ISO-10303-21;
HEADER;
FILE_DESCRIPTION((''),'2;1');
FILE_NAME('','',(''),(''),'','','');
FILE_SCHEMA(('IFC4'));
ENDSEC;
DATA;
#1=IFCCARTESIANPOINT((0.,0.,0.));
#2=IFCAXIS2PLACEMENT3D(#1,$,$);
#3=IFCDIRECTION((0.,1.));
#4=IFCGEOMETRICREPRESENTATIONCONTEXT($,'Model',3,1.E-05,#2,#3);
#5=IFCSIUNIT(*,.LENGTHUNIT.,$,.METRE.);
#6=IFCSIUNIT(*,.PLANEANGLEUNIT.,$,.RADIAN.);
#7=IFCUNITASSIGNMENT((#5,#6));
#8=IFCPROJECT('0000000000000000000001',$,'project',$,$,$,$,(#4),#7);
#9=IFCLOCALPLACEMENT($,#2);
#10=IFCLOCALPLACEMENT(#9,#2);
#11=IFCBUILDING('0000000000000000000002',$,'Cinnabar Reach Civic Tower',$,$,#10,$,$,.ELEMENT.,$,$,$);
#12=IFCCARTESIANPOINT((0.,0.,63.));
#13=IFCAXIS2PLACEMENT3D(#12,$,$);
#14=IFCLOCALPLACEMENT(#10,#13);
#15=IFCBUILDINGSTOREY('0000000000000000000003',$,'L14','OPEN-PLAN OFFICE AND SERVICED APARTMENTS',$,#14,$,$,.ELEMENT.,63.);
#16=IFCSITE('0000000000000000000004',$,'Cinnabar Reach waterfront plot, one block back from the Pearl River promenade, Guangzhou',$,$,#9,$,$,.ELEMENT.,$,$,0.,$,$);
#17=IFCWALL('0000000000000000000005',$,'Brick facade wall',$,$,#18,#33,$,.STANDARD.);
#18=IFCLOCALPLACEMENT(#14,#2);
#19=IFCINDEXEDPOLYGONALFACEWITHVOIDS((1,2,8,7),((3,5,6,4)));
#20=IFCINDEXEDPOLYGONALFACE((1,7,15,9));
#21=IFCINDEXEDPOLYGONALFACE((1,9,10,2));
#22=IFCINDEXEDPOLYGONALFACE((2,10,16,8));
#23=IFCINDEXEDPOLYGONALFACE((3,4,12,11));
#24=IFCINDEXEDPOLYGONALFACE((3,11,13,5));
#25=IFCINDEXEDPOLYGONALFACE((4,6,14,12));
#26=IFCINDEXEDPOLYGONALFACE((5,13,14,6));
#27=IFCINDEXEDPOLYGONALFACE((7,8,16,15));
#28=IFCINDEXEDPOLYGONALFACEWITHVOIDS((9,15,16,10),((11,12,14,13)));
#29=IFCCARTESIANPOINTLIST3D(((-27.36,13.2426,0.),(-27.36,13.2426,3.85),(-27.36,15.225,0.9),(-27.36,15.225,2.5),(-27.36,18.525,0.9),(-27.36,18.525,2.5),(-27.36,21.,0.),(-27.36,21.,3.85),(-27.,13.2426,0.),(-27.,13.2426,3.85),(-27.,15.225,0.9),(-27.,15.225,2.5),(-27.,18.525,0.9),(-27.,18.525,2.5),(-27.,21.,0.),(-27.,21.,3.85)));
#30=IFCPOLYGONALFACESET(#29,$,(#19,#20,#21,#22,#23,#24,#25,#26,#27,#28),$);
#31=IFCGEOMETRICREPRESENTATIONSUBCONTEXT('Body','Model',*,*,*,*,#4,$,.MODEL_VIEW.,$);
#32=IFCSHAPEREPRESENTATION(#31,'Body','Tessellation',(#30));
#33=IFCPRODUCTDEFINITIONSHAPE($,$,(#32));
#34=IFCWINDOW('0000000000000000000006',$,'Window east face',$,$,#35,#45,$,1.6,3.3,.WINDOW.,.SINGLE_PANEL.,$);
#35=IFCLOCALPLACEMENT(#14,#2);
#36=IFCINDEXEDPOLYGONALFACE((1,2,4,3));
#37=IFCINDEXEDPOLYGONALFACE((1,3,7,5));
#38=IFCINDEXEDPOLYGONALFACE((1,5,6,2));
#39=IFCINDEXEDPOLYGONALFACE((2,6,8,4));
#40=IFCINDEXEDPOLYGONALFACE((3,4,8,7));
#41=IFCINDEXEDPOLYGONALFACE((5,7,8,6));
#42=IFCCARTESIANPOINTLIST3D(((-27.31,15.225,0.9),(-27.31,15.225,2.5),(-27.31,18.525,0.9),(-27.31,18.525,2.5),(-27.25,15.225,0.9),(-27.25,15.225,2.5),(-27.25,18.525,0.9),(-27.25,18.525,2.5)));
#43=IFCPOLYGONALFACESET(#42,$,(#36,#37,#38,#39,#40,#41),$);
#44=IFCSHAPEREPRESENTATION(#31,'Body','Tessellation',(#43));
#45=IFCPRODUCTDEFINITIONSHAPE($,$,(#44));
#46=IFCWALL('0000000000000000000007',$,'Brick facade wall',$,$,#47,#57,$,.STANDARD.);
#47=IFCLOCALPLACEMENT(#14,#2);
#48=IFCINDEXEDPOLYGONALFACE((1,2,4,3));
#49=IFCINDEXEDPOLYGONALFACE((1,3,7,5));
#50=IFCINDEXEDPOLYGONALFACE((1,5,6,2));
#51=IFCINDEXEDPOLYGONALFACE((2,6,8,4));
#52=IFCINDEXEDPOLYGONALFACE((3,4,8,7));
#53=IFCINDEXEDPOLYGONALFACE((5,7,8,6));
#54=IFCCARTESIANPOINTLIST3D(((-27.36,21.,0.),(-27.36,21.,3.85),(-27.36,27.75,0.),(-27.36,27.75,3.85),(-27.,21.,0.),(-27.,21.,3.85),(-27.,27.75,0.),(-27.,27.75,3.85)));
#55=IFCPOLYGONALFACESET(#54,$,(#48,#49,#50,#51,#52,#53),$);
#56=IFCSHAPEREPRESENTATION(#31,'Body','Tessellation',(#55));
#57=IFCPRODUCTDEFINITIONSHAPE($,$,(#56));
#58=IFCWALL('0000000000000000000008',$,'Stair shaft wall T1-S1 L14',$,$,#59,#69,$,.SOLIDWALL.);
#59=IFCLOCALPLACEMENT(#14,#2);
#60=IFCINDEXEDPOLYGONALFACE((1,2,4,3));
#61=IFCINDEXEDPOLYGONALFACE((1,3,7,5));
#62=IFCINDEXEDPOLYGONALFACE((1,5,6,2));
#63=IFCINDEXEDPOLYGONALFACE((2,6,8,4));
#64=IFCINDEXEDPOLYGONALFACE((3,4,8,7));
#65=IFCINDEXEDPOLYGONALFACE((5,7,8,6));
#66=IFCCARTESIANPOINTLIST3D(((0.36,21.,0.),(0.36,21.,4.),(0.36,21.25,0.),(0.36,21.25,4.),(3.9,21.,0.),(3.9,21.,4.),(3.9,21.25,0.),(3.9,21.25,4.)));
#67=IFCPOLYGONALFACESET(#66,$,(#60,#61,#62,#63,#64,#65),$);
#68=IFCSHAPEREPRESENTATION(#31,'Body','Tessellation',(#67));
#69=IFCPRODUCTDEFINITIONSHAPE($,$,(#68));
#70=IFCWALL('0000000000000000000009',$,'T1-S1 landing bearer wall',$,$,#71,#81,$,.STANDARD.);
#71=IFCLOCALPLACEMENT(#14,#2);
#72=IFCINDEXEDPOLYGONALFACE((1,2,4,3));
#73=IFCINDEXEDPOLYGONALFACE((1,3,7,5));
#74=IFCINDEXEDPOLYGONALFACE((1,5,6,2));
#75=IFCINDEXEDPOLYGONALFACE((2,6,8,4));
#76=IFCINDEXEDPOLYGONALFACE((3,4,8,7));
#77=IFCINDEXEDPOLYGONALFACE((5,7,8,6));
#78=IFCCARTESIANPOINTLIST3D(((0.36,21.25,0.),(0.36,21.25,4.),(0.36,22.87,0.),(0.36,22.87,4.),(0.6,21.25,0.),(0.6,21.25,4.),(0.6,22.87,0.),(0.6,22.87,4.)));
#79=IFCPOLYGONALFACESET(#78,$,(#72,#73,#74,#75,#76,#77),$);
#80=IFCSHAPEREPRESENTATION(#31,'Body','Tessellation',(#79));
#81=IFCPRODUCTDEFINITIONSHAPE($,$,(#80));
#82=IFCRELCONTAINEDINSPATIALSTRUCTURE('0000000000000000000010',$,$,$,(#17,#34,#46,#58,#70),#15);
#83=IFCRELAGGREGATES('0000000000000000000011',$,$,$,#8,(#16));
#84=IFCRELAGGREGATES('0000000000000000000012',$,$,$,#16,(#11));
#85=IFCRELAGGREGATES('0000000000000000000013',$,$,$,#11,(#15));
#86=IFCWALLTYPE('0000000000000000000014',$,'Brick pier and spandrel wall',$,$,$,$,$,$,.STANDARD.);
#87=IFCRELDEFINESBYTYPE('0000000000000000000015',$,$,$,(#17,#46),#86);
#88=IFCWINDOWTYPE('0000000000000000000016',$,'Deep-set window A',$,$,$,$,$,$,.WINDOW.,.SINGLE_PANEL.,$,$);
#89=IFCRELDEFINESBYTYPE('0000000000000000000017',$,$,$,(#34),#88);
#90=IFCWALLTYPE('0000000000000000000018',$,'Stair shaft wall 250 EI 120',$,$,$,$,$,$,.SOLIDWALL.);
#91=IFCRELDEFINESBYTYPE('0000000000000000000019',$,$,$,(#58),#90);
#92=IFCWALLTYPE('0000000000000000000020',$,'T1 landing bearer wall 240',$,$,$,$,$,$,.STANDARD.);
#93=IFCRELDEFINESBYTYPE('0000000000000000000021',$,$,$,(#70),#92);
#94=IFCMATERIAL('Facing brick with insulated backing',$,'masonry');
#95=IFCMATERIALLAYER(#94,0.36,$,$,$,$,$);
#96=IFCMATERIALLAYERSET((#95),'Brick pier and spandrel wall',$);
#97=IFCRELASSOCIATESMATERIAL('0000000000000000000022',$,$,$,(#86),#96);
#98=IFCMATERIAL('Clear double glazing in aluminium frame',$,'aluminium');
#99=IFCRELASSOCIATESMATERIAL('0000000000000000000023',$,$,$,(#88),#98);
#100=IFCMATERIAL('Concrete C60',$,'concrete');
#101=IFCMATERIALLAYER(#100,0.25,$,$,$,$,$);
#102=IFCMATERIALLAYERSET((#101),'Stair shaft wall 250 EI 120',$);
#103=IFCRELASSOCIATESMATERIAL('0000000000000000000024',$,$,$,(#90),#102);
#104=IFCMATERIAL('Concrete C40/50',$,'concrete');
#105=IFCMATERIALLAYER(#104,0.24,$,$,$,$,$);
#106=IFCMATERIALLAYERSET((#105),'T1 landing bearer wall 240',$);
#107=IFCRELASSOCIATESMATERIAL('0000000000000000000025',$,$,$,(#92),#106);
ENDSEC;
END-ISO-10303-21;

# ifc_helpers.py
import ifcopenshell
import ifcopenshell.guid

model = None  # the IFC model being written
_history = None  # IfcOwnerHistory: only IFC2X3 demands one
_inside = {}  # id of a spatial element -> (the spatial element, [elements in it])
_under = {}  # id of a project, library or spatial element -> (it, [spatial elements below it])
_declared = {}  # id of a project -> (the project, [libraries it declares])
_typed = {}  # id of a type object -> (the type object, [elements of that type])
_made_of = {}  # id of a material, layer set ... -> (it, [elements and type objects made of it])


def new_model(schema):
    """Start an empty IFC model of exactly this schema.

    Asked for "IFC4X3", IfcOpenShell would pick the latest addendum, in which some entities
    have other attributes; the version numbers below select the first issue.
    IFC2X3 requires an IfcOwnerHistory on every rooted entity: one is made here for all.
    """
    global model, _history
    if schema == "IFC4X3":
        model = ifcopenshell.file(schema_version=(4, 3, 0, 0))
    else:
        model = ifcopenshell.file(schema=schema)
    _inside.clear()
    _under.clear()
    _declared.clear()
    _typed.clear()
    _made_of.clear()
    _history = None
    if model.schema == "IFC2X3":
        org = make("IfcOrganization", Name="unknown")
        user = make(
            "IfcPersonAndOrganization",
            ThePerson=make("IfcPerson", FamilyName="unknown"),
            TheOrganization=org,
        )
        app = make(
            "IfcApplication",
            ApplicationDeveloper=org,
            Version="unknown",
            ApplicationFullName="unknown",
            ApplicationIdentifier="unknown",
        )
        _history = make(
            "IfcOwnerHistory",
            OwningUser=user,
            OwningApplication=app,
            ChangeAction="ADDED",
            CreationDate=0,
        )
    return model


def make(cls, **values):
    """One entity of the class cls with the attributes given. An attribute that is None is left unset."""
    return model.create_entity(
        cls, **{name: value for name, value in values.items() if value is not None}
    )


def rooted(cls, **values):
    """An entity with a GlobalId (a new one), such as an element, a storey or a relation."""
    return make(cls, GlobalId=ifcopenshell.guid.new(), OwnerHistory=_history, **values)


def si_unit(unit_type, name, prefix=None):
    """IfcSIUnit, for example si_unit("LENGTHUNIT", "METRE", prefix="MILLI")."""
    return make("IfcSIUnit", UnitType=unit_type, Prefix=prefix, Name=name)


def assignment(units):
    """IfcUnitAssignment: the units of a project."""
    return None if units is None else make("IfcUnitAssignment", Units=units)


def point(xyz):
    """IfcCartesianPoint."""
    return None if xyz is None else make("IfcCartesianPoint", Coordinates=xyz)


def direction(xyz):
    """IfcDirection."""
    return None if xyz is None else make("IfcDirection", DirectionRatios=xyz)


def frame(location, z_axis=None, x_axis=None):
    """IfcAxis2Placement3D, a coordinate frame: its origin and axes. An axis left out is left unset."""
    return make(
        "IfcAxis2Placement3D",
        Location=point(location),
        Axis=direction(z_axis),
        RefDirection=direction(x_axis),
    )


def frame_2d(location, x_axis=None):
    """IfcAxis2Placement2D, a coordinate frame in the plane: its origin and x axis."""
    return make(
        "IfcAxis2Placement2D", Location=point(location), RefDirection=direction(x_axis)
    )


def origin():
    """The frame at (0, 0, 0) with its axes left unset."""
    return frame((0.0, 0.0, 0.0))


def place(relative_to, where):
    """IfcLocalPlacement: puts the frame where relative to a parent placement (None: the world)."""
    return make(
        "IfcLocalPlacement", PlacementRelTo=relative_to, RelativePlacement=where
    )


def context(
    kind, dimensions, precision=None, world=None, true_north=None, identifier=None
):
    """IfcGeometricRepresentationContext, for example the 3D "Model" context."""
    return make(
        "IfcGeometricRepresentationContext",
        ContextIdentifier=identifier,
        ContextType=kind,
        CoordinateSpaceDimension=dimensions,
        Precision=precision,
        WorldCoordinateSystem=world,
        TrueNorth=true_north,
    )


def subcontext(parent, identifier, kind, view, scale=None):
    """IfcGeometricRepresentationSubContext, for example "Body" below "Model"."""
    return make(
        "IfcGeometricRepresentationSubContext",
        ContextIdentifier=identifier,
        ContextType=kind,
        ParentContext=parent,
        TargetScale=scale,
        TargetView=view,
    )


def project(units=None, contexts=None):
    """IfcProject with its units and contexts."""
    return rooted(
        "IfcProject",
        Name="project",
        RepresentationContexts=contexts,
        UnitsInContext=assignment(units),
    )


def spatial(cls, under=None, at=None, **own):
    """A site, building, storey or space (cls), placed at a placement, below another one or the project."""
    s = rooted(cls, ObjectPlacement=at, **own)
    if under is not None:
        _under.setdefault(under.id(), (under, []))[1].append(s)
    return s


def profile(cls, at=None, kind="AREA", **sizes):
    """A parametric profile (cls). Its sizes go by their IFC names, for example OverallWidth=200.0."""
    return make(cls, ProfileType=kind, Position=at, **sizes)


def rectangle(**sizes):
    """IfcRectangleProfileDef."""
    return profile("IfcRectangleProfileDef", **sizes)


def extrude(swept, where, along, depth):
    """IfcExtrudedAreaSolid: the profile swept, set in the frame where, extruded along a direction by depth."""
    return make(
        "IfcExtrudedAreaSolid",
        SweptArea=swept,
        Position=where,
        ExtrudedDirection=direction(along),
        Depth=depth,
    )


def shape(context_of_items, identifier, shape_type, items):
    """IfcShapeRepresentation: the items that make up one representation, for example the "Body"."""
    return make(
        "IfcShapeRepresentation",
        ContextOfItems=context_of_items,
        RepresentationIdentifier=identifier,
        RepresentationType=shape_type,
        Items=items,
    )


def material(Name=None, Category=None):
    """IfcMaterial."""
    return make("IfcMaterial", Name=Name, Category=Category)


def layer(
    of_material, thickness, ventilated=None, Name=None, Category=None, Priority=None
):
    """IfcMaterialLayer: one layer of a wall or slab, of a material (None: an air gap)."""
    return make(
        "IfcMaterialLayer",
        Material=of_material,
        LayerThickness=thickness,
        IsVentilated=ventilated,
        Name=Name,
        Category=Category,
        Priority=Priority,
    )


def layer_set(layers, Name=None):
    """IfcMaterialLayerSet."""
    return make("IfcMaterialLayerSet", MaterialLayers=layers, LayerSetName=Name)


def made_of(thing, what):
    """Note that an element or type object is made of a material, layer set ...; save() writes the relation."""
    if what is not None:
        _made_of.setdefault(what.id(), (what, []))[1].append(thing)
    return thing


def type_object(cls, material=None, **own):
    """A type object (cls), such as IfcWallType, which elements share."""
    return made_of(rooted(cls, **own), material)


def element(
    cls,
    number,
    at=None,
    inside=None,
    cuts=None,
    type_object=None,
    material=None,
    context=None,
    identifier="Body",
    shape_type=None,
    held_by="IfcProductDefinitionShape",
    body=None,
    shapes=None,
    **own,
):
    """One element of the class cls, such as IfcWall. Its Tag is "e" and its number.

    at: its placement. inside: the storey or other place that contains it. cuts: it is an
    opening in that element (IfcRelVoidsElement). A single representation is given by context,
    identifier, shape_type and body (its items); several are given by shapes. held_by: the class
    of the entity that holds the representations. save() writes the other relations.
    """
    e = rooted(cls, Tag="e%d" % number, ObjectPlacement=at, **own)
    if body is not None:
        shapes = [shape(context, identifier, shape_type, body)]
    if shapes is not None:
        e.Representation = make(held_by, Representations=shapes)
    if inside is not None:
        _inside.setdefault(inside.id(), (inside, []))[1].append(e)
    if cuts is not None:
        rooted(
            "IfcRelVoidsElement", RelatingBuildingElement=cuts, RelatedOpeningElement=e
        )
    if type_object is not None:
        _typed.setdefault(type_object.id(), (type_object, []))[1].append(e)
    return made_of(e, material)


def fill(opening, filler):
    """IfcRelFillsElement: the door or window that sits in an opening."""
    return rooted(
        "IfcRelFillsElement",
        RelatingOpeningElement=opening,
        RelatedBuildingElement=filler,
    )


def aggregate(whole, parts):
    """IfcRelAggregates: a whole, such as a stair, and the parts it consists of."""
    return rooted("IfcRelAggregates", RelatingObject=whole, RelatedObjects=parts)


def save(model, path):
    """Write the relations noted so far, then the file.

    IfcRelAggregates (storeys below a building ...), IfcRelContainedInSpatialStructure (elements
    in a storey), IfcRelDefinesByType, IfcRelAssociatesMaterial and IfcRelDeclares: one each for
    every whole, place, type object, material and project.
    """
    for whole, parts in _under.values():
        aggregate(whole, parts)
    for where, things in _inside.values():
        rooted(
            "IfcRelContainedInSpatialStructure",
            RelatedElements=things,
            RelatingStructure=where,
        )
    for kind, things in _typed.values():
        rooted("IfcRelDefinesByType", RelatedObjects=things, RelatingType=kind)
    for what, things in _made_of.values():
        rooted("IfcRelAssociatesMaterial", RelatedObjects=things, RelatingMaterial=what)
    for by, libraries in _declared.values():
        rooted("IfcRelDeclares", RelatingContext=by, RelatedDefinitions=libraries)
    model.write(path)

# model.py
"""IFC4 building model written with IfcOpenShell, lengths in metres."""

from ifc_helpers import new_model, si_unit, direction, frame, frame_2d, origin, place, context, subcontext, project, spatial, rectangle, extrude, material, layer, layer_set, type_object, element, fill, save


model = new_model("IFC4")

# Units and contexts
model_context = context("Model", 3, precision=1e-05, world=origin(), true_north=direction((0.0, 1.0)))
body_context = subcontext(model_context, "Body", "Model", "MODEL_VIEW")
ifc_project = project(units=[si_unit("LENGTHUNIT", "METRE"), si_unit("PLANEANGLEUNIT", "RADIAN")], contexts=[model_context])

# Site, building, storey
site_placement = place(None, origin())
site = spatial("IfcSite", under=ifc_project, at=site_placement, Name="Cinnabar Reach waterfront plot, one block back from the Pearl River promenade, Guangzhou", CompositionType="ELEMENT", RefElevation=0.0)
building_placement = place(site_placement, origin())
building = spatial("IfcBuilding", under=site, at=building_placement, Name="Cinnabar Reach Civic Tower", CompositionType="ELEMENT")
storey_placement = place(building_placement, frame((0.0, 0.0, 63.0)))
storey = spatial("IfcBuildingStorey", under=building, at=storey_placement, Name="L14", Description="OPEN-PLAN OFFICE AND SERVICED APARTMENTS", CompositionType="ELEMENT", Elevation=63.0)

# Shared definitions
ifc_material_1 = material(Name="Concrete C40/50", Category="concrete")

# Shared definitions
ifc_material_2 = material(Name="Facing brick with insulated backing", Category="masonry")

# Shared definitions
ifc_layer_1 = layer(ifc_material_2, 0.36)
ifc_layer_set_1 = layer_set([ifc_layer_1], Name="Brick pier and spandrel wall")
wall_type_1 = type_object("IfcWallType", Name="Brick pier and spandrel wall", PredefinedType="STANDARD", material=ifc_layer_set_1)
ifc_material_3 = material(Name="Clear double glazing in aluminium frame", Category="aluminium")
window_type = type_object("IfcWindowType", Name="Deep-set window A", PartitioningType="SINGLE_PANEL", PredefinedType="WINDOW", material=ifc_material_3)

# Wall, opening, window
wall_1_placement = place(storey_placement, frame((-27.18, 13.2426, 0.0), z_axis=(0.0, 0.0, 1.0), x_axis=(0.0, 1.0, 0.0)))
wall_1 = element("IfcWall", 1, at=wall_1_placement, inside=storey, type_object=wall_type_1, Name="Brick facade wall", PredefinedType="STANDARD", context=body_context, shape_type="SweptSolid", body=[
    extrude(rectangle(XDim=7.7574, YDim=0.36, at=frame_2d((3.8787, 0.0))), origin(), (0.0, 0.0, 1.0), 3.85),
])
opening_1_placement = place(wall_1_placement, frame((1.9824, 0.0, 0.9)))
opening_1 = element("IfcOpeningElement", 2, at=opening_1_placement, cuts=wall_1, PredefinedType="OPENING", context=body_context, shape_type="SweptSolid", body=[
    extrude(rectangle(XDim=3.3, YDim=1.6, at=frame_2d((1.65, 0.8))), frame((0.0, 0.19, 0.0), z_axis=(0.0, -1.0, 0.0), x_axis=(1.0, 0.0, 0.0)), (0.0, 0.0, 1.0), 0.38),
])
window_1_placement = place(opening_1_placement, origin())
window_1 = element("IfcWindow", 3, at=window_1_placement, inside=storey, type_object=window_type, Name="Window east face", OverallHeight=1.6, OverallWidth=3.3, PartitioningType="SINGLE_PANEL", PredefinedType="WINDOW", context=body_context, shape_type="SweptSolid", body=[
    extrude(rectangle(XDim=3.3, YDim=1.6, at=frame_2d((1.65, 0.8))), frame((0.0, 0.13, 0.0), z_axis=(0.0, -1.0, 0.0), x_axis=(1.0, 0.0, 0.0)), (0.0, 0.0, 1.0), 0.06),
])
fill(opening_1, window_1)

# Walls
wall_2_placement = place(storey_placement, frame((-27.18, 21.0, 0.0), z_axis=(0.0, 0.0, 1.0), x_axis=(0.0, 1.0, 0.0)))
element("IfcWall", 4, at=wall_2_placement, inside=storey, type_object=wall_type_1, Name="Brick facade wall", PredefinedType="STANDARD", context=body_context, shape_type="SweptSolid", body=[
    extrude(rectangle(XDim=6.75, YDim=0.36, at=frame_2d((3.375, 0.0))), origin(), (0.0, 0.0, 1.0), 3.85),
])
ifc_material_4 = material(Name="Concrete C60", Category="concrete")
ifc_layer_2 = layer(ifc_material_4, 0.25)
ifc_layer_set_2 = layer_set([ifc_layer_2], Name="Stair shaft wall 250 EI 120")
wall_type_2 = type_object("IfcWallType", Name="Stair shaft wall 250 EI 120", PredefinedType="SOLIDWALL", material=ifc_layer_set_2)
wall_3_placement = place(storey_placement, frame((0.36, 21.125, 0.0), z_axis=(0.0, 0.0, 1.0), x_axis=(1.0, 0.0, 0.0)))
element("IfcWall", 5, at=wall_3_placement, inside=storey, type_object=wall_type_2, Name="Stair shaft wall T1-S1 L14", PredefinedType="SOLIDWALL", context=body_context, shape_type="SweptSolid", body=[
    extrude(rectangle(XDim=3.54, YDim=0.25, at=frame_2d((1.77, 0.0))), origin(), (0.0, 0.0, 1.0), 4.0),
])
ifc_layer_3 = layer(ifc_material_1, 0.24)
ifc_layer_set_3 = layer_set([ifc_layer_3], Name="T1 landing bearer wall 240")
wall_type_3 = type_object("IfcWallType", Name="T1 landing bearer wall 240", PredefinedType="STANDARD", material=ifc_layer_set_3)
wall_4_placement = place(storey_placement, frame((0.48, 21.25, 0.0), z_axis=(0.0, 0.0, 1.0), x_axis=(0.0, 1.0, 0.0)))
element("IfcWall", 6, at=wall_4_placement, inside=storey, type_object=wall_type_3, Name="T1-S1 landing bearer wall", PredefinedType="STANDARD", context=body_context, shape_type="SweptSolid", body=[
    extrude(rectangle(XDim=1.62, YDim=0.24, at=frame_2d((0.81, 0.0))), origin(), (0.0, 0.0, 1.0), 4.0),
])

save(model, "model.ifc")
